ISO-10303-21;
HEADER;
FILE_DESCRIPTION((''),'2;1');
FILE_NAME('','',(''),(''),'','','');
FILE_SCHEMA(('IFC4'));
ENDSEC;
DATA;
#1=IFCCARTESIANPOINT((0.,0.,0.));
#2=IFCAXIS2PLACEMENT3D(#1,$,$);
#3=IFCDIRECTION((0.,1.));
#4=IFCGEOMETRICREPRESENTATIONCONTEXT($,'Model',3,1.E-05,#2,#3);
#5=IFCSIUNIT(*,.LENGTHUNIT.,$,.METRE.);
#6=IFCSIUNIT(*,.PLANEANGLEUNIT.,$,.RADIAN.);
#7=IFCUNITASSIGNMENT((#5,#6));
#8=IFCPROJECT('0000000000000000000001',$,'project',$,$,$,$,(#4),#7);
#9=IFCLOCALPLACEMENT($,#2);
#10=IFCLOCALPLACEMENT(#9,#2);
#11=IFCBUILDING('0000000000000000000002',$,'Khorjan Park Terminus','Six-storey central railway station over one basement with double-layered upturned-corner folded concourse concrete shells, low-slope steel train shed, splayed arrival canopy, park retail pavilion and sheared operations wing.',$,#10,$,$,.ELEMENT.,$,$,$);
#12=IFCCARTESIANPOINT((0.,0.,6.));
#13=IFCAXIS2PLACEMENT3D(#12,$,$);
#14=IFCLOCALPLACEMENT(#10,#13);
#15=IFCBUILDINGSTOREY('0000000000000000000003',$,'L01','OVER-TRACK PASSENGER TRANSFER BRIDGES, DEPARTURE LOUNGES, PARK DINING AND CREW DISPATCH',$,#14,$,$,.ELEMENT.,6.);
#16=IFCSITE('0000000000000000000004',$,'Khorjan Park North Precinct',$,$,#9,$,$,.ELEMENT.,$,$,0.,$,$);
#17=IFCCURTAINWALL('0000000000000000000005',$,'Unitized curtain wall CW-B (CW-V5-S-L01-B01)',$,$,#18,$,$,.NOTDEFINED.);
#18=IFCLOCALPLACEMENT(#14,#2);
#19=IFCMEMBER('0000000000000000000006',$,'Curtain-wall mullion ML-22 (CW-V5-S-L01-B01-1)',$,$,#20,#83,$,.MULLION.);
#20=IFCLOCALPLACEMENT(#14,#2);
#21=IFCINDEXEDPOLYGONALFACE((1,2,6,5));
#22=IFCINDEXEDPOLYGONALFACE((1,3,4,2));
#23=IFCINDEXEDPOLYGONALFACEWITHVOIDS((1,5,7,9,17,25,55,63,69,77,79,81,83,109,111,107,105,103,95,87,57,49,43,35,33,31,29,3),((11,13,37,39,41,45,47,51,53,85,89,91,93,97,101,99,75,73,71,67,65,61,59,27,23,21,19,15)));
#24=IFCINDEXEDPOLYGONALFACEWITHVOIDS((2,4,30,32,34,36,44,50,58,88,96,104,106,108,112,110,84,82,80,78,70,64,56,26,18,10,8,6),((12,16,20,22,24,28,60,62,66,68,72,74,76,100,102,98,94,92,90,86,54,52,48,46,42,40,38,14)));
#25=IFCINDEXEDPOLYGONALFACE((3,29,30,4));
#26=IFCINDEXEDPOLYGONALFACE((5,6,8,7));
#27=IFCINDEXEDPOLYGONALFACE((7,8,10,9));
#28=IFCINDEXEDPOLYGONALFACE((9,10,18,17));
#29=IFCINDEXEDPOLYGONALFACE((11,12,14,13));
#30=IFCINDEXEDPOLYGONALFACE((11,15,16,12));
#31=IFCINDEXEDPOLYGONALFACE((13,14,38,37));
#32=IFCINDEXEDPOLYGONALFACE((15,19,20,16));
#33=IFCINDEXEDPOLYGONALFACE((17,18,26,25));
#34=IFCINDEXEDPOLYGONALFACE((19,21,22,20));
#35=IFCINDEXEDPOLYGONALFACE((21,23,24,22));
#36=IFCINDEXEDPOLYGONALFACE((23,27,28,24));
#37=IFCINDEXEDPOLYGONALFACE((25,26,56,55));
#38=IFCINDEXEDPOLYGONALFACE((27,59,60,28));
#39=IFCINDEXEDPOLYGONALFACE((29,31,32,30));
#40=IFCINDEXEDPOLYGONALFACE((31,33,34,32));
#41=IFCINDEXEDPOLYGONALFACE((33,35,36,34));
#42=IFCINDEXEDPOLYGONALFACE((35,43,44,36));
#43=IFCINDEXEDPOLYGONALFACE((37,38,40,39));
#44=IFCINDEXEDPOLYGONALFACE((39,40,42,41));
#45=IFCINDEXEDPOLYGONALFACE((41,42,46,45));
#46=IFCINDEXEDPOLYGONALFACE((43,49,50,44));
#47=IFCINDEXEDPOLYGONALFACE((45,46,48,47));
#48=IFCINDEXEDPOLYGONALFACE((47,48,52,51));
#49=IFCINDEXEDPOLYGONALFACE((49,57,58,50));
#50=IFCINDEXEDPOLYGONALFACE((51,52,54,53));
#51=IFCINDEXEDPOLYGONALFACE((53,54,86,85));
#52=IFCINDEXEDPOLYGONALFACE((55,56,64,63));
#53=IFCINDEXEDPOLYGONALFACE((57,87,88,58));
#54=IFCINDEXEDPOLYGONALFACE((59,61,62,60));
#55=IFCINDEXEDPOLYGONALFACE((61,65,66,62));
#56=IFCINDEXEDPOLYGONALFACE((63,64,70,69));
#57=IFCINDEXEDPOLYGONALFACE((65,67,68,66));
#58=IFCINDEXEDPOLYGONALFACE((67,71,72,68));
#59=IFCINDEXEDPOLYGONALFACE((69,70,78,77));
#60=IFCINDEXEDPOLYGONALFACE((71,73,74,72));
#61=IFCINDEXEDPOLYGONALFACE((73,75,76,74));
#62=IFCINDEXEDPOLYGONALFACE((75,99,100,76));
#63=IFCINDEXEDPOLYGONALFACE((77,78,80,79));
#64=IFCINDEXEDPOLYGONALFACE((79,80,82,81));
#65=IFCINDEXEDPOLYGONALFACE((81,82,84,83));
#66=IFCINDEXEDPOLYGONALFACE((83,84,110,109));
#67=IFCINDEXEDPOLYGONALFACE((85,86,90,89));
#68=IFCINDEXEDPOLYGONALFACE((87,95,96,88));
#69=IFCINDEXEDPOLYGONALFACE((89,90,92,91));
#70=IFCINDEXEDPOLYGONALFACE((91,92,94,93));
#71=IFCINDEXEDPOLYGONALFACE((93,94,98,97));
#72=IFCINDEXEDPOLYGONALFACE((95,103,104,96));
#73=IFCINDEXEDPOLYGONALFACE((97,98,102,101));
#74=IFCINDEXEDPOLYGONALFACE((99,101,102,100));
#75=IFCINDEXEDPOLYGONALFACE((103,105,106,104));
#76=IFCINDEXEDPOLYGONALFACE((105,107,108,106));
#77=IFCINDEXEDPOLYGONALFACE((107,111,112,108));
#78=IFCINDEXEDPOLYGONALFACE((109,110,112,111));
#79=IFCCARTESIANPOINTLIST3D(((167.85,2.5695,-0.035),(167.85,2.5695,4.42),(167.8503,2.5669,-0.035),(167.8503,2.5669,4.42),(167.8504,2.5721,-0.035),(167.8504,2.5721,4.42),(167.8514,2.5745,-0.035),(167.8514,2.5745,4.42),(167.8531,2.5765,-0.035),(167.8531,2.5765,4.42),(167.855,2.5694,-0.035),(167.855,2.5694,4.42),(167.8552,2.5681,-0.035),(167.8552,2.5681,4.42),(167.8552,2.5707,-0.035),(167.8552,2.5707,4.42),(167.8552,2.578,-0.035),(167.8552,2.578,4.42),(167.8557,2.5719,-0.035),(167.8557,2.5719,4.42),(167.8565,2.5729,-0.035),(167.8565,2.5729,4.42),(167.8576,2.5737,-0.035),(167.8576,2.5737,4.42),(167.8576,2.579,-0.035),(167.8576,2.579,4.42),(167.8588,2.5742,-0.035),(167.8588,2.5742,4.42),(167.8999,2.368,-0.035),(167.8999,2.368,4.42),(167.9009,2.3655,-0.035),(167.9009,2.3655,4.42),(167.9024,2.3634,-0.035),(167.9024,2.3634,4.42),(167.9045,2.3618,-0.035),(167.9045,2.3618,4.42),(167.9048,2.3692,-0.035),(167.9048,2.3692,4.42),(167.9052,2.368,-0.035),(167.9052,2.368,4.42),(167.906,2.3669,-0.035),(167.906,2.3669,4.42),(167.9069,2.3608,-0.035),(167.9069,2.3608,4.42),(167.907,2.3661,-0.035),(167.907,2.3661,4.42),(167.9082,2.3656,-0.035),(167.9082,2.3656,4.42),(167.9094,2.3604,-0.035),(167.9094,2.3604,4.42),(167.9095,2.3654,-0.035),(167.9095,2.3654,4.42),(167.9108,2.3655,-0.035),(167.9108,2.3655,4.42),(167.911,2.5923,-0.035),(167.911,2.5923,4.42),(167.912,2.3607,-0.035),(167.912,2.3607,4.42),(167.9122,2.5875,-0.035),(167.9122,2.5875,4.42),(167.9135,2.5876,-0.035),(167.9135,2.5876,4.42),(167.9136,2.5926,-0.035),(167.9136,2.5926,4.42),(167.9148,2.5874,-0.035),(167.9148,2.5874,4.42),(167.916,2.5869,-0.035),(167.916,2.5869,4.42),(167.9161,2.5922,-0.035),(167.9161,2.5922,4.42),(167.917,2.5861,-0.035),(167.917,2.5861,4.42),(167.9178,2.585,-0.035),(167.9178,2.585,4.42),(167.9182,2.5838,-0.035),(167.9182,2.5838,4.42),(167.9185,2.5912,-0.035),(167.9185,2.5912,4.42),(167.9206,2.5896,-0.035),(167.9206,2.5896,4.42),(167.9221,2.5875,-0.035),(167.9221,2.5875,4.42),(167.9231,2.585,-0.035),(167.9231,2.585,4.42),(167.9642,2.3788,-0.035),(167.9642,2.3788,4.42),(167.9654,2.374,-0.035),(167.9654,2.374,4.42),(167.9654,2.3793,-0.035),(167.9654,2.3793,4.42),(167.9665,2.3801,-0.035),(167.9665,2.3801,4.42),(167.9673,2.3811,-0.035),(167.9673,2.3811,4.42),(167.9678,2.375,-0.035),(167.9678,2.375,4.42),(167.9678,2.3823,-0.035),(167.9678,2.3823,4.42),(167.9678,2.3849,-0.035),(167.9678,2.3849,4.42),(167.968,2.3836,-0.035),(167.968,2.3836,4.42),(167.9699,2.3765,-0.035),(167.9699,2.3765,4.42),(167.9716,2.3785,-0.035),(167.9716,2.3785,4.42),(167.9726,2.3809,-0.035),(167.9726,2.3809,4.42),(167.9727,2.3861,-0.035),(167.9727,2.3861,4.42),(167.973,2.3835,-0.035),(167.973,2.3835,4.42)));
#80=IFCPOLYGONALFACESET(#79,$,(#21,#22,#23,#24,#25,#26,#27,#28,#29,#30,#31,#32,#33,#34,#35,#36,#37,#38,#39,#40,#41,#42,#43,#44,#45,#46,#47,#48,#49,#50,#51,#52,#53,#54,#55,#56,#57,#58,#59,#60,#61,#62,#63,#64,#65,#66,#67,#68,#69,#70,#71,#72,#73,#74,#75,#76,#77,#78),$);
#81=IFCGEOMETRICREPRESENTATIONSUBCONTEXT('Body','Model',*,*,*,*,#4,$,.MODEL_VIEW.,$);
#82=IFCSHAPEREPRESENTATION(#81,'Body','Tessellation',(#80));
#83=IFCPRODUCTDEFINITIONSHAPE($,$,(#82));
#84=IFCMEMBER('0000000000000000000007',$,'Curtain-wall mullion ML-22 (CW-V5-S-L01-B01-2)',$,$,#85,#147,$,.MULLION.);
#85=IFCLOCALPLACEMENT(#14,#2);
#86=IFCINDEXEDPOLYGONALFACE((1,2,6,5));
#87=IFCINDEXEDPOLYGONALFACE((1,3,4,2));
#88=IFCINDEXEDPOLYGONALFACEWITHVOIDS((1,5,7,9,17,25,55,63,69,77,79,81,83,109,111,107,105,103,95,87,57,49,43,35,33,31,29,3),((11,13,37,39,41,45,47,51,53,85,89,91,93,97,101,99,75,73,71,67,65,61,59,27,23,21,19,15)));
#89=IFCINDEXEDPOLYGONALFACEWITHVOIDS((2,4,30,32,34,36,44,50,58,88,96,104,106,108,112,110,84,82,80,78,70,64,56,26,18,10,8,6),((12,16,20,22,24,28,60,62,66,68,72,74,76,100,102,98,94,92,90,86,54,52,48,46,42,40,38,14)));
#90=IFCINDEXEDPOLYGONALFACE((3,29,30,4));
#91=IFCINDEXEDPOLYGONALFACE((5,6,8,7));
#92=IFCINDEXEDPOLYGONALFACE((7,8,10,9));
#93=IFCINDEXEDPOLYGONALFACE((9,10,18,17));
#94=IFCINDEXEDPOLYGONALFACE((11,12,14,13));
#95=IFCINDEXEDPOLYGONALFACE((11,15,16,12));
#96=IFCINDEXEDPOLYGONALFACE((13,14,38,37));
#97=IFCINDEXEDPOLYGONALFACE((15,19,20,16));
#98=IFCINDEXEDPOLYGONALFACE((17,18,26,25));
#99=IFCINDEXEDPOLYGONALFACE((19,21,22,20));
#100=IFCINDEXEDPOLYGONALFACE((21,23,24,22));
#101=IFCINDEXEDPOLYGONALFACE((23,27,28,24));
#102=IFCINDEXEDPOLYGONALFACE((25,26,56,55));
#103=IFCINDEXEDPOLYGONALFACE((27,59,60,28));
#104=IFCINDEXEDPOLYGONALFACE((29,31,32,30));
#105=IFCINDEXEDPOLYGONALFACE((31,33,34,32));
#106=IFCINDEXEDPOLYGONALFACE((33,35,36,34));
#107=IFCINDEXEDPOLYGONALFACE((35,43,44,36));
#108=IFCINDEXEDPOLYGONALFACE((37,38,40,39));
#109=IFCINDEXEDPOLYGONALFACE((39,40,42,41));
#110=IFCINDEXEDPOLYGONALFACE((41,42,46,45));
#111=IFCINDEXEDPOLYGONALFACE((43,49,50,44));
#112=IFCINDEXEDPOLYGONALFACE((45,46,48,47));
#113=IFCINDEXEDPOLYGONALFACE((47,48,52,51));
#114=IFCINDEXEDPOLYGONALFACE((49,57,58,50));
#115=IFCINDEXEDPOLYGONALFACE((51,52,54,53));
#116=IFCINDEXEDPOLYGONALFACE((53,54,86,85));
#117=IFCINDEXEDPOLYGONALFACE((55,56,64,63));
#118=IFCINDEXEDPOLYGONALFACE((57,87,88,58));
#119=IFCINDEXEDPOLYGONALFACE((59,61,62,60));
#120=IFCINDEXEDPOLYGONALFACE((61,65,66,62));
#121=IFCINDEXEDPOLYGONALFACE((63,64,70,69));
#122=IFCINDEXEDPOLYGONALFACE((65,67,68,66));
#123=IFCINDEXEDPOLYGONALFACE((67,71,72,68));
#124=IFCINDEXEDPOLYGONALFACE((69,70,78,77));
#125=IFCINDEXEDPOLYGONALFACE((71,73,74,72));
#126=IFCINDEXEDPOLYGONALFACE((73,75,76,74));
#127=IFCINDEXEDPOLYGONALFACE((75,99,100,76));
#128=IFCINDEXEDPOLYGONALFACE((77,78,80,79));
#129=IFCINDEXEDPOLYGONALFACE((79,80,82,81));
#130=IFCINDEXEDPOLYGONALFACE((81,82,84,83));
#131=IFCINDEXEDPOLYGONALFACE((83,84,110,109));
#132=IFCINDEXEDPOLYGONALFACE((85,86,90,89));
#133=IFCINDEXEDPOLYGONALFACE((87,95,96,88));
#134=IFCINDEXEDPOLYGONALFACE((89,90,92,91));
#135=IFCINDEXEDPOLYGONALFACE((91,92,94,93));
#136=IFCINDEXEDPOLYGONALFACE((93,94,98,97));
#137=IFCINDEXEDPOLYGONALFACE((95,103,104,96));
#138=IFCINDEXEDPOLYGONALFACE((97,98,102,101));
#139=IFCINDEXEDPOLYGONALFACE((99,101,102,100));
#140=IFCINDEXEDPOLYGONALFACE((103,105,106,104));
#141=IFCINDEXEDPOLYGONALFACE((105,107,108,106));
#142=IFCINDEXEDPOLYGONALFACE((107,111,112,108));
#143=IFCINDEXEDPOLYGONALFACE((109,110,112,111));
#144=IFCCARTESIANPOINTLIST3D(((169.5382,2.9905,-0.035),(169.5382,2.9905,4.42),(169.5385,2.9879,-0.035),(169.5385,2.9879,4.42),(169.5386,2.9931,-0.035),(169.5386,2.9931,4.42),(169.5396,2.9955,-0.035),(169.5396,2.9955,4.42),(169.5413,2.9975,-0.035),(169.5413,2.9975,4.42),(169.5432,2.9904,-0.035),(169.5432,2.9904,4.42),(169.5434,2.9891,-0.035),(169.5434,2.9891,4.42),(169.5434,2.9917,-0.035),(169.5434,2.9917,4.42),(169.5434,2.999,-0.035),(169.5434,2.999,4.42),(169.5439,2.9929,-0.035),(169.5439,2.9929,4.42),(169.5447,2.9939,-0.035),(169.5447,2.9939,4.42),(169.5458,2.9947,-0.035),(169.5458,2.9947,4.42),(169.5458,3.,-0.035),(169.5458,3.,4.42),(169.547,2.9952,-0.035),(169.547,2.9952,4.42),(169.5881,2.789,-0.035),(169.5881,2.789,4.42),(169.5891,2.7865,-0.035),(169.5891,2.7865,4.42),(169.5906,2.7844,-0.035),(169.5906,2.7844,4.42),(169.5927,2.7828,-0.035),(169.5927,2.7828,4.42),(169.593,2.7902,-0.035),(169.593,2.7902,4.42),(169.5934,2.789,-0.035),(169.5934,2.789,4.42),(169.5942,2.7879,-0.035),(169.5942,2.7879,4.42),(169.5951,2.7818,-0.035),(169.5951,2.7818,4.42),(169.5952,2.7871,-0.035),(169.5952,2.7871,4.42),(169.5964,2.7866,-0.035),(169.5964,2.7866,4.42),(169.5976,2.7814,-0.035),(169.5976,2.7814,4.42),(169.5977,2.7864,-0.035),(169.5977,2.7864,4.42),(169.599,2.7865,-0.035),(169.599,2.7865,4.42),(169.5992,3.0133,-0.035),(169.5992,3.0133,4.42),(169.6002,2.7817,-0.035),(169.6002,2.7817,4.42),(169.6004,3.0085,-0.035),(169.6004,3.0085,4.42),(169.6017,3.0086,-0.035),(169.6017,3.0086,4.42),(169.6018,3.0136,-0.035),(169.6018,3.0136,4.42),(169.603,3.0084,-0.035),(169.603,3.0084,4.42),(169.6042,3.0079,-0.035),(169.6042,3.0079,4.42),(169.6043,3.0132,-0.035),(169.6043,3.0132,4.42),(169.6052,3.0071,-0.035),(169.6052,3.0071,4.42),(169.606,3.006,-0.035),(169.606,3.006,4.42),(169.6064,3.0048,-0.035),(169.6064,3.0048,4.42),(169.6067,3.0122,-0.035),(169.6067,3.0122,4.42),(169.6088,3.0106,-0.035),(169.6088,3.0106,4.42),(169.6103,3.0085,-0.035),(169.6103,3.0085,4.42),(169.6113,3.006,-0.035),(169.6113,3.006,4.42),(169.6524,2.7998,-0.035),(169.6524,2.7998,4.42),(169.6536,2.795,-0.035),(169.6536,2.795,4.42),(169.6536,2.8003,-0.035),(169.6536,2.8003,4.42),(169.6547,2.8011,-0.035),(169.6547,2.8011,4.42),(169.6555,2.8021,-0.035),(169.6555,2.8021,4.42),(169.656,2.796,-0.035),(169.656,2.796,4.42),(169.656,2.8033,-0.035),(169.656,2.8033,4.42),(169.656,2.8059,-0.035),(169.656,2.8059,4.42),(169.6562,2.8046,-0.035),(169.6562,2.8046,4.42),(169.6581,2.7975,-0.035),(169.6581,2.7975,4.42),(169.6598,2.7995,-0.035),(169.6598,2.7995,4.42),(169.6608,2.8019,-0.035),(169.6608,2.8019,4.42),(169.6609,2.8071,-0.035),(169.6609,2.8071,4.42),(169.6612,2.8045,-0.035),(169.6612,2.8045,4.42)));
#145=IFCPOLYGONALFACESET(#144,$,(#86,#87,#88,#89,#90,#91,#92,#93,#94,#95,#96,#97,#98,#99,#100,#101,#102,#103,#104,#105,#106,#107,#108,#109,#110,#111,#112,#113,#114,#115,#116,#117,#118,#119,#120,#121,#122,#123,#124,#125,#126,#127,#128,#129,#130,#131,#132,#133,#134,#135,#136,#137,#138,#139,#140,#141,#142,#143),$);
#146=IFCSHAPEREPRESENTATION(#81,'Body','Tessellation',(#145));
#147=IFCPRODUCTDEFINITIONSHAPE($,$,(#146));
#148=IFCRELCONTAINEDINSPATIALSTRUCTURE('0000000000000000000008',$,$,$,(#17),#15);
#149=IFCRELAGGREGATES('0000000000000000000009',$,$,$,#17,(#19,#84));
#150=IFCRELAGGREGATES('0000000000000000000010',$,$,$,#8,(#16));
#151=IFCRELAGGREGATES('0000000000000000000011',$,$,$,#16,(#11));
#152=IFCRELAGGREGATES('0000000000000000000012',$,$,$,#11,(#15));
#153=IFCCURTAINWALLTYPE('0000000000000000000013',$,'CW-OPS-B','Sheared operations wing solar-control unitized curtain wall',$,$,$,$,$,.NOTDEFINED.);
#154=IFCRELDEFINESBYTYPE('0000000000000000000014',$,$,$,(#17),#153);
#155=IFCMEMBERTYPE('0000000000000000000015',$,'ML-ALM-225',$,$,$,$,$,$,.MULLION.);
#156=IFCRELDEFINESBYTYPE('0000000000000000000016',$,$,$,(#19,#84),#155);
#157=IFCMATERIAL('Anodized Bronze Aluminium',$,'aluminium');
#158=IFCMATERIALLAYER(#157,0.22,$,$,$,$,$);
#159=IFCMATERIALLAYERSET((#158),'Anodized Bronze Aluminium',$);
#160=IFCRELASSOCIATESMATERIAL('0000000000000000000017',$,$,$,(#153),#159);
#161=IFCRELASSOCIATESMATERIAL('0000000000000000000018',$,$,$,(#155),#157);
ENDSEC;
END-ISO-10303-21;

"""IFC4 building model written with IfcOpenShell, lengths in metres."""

from ifc_helpers import new_model, si_unit, direction, frame, origin, origin_2d, place, context, subcontext, project, spatial, hollow_rectangle, extrude, material, layer, layer_set, material_profile, profile_set, type_object, element, aggregate, save


model = new_model("IFC4")

# Units and contexts
model_context = context("Model", 3, precision=1e-05, world=origin(), true_north=direction((0.0, 1.0)))
body_context = subcontext(model_context, "Body", "Model", "MODEL_VIEW")
ifc_project = project(units=[si_unit("LENGTHUNIT", "METRE"), si_unit("PLANEANGLEUNIT", "RADIAN")], contexts=[model_context])

# Site, building, storey
site_placement = place(None, origin())
site = spatial("IfcSite", under=ifc_project, at=site_placement, Name="Khorjan Park North Precinct", CompositionType="ELEMENT", RefElevation=0.0)
building_placement = place(site_placement, origin())
building = spatial("IfcBuilding", under=site, at=building_placement, Name="Khorjan Park Terminus", Description="Six-storey central railway station over one basement with double-layered upturned-corner folded concourse concrete shells, low-slope steel train shed, splayed arrival canopy, park retail pavilion and sheared operations wing.", CompositionType="ELEMENT")
storey_placement = place(building_placement, frame((0.0, 0.0, 6.0)))
storey = spatial("IfcBuildingStorey", under=building, at=storey_placement, Name="L01", Description="OVER-TRACK PASSENGER TRANSFER BRIDGES, DEPARTURE LOUNGES, PARK DINING AND CREW DISPATCH", CompositionType="ELEMENT", Elevation=6.0)

# Curtain wall, members
ifc_material_1 = material(Name="Anodized Bronze Aluminium", Category="aluminium")
ifc_layer_1 = layer(ifc_material_1, 0.22)
ifc_layer_set_1 = layer_set([ifc_layer_1], Name="Anodized Bronze Aluminium")
curtain_wall_type = type_object("IfcCurtainWallType", Name="CW-OPS-B", Description="Sheared operations wing solar-control unitized curtain wall", PredefinedType="NOTDEFINED", material=ifc_layer_set_1)
curtain_wall_placement = place(storey_placement, origin())
curtain_wall = element("IfcCurtainWall", 1, at=curtain_wall_placement, inside=storey, type_object=curtain_wall_type, Name="Unitized curtain wall CW-B (CW-V5-S-L01-B01)", PredefinedType="NOTDEFINED")
ifc_material_profile_1 = material_profile(ifc_material_1, hollow_rectangle(XDim=0.075, YDim=0.225, WallThickness=0.005, InnerFilletRadius=0.005, OuterFilletRadius=0.01, at=origin_2d()), Name="ALM 75x225x5")
ifc_profile_set_1 = profile_set([ifc_material_profile_1], Name="Anodized Bronze Aluminium")
member_type_1 = type_object("IfcMemberType", Name="ML-ALM-225", PredefinedType="MULLION", material=ifc_profile_set_1)
member_1_placement = place(storey_placement, frame((167.9115, 2.4765, -0.035), z_axis=(0.0, 0.0, 1.0), x_axis=(0.970296, 0.241923, 0.0)))
member_1 = element("IfcMember", 2, at=member_1_placement, type_object=member_type_1, Name="Curtain-wall mullion ML-22 (CW-V5-S-L01-B01-1)", PredefinedType="MULLION", context=body_context, shape_type="SweptSolid", body=[
    extrude(hollow_rectangle(XDim=0.075, YDim=0.225, WallThickness=0.005, InnerFilletRadius=0.005, OuterFilletRadius=0.01, at=origin_2d()), origin(), (0.0, 0.0, 1.0), 4.455),
])
member_2_placement = place(storey_placement, frame((169.5997, 2.8975, -0.035), z_axis=(0.0, 0.0, 1.0), x_axis=(0.970296, 0.241923, 0.0)))
member_2 = element("IfcMember", 3, at=member_2_placement, type_object=member_type_1, Name="Curtain-wall mullion ML-22 (CW-V5-S-L01-B01-2)", PredefinedType="MULLION", context=body_context, shape_type="SweptSolid", body=[
    extrude(hollow_rectangle(XDim=0.075, YDim=0.225, WallThickness=0.005, InnerFilletRadius=0.005, OuterFilletRadius=0.01, at=origin_2d()), origin(), (0.0, 0.0, 1.0), 4.455),
])
aggregate(curtain_wall, [member_1, member_2])

save(model, "model.ifc")
